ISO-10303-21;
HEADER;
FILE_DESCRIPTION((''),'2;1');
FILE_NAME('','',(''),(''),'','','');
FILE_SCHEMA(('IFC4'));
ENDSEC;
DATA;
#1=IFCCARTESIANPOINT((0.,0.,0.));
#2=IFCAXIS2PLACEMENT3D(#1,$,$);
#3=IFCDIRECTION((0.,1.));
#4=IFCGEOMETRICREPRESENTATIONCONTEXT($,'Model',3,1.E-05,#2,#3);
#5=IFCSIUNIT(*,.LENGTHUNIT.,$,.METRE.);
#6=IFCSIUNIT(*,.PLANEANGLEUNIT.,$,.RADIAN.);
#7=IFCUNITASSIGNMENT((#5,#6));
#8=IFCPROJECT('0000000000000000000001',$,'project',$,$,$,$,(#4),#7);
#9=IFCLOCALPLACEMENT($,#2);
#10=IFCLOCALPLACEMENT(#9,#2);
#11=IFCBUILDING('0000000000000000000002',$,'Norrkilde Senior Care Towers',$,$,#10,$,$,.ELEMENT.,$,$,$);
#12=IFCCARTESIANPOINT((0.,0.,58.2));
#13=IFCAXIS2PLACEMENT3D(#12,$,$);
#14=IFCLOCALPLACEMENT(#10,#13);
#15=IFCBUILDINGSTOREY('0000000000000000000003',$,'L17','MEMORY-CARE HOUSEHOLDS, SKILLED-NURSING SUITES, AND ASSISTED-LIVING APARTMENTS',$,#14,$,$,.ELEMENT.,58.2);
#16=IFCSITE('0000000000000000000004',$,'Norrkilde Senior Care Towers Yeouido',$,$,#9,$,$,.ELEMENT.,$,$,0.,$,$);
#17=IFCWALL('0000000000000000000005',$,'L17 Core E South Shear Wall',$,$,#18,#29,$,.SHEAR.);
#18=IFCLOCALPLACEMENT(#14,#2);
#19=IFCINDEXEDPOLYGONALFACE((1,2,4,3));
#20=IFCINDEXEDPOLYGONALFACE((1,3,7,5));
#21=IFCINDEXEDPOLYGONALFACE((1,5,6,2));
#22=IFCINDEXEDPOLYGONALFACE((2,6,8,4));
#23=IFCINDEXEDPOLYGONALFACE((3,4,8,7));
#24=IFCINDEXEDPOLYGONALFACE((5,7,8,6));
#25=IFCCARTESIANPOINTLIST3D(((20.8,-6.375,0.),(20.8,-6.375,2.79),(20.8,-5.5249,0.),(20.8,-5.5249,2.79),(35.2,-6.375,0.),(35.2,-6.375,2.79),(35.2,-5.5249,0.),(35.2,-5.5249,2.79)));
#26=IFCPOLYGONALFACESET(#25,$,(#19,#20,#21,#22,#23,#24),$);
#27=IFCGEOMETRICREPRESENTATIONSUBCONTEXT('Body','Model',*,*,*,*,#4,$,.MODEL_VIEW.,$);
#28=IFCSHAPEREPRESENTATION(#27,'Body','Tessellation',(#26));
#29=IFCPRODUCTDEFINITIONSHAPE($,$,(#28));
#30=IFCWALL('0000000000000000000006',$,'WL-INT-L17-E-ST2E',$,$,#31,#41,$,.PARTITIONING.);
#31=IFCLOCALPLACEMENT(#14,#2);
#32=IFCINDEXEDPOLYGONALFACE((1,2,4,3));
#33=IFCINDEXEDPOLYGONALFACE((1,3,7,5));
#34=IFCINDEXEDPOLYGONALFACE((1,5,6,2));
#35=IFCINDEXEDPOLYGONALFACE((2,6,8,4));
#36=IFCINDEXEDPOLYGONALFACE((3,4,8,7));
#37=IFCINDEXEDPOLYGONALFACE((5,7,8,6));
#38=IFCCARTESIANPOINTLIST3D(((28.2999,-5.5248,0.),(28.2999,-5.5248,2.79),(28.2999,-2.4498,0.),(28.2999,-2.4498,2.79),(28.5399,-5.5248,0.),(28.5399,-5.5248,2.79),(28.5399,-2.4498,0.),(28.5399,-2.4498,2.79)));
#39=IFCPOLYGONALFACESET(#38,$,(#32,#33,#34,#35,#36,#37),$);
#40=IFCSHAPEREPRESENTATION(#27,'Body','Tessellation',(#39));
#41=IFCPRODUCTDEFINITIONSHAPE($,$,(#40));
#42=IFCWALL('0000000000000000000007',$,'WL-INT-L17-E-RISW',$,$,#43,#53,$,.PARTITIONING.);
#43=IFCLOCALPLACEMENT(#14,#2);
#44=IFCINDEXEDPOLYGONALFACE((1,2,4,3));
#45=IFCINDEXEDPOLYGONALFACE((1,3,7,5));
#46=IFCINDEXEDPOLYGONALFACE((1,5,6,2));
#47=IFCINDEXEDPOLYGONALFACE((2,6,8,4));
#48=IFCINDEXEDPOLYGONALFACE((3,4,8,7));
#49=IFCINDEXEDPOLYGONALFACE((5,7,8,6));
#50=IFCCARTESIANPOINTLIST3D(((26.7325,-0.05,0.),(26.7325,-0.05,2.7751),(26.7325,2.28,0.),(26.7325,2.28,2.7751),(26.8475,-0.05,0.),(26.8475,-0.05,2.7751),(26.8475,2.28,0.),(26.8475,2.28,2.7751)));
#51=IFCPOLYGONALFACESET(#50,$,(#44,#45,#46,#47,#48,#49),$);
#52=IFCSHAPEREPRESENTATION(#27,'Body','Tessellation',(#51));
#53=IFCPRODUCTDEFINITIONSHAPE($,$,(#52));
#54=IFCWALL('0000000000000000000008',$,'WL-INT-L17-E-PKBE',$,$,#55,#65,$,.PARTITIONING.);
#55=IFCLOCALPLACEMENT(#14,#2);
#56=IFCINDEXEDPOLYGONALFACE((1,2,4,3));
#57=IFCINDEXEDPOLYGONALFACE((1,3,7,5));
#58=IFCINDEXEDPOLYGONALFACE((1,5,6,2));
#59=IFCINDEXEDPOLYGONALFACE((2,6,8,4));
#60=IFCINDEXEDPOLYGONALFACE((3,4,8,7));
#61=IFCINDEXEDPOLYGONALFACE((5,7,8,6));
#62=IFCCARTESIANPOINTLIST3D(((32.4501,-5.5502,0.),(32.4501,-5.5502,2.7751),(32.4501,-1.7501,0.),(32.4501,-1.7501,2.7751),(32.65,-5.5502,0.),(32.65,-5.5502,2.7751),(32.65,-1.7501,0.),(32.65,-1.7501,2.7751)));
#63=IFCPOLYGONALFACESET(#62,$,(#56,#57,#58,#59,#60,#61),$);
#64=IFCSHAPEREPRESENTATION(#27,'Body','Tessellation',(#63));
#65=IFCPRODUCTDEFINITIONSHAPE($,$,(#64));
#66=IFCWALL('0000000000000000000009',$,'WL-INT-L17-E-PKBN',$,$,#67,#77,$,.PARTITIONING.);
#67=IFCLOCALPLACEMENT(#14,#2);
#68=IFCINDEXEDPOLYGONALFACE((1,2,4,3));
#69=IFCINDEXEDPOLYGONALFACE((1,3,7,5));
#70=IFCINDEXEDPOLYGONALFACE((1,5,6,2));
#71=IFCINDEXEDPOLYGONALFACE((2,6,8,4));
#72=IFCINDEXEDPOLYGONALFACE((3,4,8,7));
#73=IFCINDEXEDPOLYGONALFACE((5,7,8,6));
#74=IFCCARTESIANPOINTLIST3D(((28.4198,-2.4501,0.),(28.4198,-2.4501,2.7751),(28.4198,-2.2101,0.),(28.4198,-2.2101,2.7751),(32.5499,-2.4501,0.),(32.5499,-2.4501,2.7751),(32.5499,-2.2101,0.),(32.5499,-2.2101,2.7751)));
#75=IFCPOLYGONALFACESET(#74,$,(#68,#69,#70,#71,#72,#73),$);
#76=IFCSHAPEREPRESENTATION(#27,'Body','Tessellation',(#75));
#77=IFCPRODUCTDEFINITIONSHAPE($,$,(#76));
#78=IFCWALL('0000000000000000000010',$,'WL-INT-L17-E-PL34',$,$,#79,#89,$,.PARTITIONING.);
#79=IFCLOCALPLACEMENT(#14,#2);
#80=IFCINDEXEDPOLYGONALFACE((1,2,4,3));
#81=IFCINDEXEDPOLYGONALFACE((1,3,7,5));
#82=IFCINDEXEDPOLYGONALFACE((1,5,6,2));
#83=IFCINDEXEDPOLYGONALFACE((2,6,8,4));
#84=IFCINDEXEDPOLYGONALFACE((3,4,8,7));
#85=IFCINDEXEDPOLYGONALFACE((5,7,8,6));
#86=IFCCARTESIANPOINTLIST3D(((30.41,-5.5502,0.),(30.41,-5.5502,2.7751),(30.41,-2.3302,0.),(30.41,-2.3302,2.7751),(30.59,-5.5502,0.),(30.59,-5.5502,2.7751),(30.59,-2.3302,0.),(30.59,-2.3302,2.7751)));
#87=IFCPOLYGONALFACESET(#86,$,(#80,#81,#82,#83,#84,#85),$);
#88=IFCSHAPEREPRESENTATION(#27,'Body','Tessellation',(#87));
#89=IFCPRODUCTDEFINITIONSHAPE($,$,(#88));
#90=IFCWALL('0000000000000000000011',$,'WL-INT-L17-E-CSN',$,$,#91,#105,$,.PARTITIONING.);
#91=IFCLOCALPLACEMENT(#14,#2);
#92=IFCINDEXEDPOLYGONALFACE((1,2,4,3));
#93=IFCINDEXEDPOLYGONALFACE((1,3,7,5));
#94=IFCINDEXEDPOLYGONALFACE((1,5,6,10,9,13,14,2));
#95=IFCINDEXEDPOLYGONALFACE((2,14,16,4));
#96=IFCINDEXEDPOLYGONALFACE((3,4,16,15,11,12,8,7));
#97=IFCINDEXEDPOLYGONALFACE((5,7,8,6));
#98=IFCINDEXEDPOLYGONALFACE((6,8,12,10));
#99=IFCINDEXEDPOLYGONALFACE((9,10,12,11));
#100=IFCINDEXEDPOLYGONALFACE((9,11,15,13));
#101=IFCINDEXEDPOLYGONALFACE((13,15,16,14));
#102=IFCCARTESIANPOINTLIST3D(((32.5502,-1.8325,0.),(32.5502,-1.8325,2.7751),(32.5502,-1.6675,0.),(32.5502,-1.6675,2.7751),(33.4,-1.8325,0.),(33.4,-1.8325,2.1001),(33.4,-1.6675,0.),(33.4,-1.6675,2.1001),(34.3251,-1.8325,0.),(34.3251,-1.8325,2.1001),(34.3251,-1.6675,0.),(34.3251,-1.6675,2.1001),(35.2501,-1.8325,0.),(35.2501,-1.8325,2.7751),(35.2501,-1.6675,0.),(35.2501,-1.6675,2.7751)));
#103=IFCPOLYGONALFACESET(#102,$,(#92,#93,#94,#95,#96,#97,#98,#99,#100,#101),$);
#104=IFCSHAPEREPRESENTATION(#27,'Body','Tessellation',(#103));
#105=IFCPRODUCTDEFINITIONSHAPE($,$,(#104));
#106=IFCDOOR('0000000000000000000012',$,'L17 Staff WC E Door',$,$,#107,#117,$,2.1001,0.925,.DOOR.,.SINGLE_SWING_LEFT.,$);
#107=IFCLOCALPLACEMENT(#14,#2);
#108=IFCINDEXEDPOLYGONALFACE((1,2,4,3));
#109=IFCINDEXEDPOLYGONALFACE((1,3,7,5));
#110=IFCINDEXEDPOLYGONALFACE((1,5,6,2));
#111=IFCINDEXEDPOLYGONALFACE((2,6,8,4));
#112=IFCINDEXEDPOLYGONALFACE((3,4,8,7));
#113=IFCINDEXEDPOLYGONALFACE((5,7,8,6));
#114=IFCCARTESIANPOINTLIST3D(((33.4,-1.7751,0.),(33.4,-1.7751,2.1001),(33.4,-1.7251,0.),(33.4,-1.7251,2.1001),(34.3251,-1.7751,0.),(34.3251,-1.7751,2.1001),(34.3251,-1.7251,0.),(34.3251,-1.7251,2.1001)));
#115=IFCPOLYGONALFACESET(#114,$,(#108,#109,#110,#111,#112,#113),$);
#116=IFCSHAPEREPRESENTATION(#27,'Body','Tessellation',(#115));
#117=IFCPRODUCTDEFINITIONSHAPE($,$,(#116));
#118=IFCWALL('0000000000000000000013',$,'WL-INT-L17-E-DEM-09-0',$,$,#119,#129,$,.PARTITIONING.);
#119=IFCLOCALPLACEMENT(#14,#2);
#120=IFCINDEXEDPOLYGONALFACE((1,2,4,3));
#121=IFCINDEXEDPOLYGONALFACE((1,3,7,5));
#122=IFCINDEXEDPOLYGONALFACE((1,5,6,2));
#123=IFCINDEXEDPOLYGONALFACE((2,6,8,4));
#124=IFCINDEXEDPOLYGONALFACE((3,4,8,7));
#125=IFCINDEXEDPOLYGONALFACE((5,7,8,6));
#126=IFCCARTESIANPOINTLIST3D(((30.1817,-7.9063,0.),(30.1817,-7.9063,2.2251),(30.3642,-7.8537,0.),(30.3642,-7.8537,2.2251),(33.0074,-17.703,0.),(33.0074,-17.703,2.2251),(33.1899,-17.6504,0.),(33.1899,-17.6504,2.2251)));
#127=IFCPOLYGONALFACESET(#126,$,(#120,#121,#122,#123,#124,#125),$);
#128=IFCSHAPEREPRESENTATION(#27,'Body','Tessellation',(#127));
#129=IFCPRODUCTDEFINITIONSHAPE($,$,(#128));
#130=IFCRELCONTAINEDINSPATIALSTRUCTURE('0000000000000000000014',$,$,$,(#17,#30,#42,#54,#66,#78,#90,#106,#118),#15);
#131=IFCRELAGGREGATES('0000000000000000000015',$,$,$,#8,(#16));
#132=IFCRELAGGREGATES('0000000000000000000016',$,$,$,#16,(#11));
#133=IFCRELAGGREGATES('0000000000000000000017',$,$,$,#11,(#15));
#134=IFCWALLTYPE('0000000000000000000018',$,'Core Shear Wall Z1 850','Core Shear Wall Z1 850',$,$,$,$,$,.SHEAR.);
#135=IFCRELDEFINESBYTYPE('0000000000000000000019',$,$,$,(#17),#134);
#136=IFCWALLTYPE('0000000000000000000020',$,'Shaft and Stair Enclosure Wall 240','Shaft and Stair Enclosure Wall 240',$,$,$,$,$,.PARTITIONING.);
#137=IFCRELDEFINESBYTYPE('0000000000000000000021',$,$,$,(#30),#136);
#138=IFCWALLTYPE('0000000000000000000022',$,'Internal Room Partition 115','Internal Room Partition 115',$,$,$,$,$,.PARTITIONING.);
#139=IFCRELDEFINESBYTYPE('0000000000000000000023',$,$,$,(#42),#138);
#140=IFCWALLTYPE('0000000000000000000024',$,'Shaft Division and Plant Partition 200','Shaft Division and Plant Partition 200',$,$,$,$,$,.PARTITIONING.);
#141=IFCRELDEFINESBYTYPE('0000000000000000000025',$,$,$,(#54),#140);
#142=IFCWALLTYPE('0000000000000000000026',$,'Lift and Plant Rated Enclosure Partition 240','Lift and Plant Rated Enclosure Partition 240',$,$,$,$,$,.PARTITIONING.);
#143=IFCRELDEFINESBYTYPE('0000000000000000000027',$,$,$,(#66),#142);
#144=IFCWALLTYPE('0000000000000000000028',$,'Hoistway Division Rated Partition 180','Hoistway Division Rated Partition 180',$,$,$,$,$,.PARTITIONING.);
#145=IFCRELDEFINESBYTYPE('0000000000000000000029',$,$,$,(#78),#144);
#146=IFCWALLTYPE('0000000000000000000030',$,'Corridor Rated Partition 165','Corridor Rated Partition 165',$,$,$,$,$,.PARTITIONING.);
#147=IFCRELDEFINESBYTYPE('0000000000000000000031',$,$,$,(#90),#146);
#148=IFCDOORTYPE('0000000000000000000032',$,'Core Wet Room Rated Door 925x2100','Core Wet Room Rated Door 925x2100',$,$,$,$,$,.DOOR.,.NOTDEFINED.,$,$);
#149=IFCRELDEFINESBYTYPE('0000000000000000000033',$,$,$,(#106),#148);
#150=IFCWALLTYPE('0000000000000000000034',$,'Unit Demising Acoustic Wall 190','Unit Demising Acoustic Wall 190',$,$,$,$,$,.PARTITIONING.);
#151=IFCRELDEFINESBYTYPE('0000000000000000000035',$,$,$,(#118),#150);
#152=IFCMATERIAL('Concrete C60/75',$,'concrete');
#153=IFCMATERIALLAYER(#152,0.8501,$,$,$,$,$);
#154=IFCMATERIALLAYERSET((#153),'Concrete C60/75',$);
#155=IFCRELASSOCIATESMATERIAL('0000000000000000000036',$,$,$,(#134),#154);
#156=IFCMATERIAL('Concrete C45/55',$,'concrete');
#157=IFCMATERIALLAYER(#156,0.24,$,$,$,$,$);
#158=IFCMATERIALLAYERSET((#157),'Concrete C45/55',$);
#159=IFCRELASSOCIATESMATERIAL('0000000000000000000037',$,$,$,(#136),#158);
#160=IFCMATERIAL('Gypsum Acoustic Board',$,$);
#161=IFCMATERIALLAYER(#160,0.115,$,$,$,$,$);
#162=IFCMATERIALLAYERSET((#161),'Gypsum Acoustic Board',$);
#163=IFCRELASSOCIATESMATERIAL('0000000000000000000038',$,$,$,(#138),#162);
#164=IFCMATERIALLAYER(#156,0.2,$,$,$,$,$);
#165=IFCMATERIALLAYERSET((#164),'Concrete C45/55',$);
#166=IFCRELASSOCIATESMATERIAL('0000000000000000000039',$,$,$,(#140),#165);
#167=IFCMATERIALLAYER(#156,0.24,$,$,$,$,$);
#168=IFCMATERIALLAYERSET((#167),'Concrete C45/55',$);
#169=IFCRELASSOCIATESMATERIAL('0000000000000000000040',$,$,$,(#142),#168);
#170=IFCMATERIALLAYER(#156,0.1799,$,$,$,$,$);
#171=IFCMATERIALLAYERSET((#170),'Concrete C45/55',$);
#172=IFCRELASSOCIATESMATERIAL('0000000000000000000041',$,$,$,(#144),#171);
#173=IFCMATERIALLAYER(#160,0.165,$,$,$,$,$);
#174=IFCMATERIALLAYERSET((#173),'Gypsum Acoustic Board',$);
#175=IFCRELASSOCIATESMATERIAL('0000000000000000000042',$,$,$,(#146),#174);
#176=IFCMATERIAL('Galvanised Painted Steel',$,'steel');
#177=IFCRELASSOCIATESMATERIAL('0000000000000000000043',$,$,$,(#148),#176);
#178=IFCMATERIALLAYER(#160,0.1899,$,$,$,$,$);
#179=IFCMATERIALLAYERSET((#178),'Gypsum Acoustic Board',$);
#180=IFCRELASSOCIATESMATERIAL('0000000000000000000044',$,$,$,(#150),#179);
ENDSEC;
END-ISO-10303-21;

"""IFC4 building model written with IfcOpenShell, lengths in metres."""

from ifc_helpers import new_model, si_unit, direction, frame, frame_2d, origin, place, context, subcontext, project, spatial, rectangle, extrude, source, transform, mapped, material, layer, layer_set, type_object, type_shapes, element, fill, save


model = new_model("IFC4")

# Units and contexts
model_context = context("Model", 3, precision=1e-05, world=origin(), true_north=direction((0.0, 1.0)))
body_context = subcontext(model_context, "Body", "Model", "MODEL_VIEW")
ifc_project = project(units=[si_unit("LENGTHUNIT", "METRE"), si_unit("PLANEANGLEUNIT", "RADIAN")], contexts=[model_context])

# Site, building, storey
site_placement = place(None, origin())
site = spatial("IfcSite", under=ifc_project, at=site_placement, Name="Norrkilde Senior Care Towers Yeouido", CompositionType="ELEMENT", RefElevation=0.0)
building_placement = place(site_placement, origin())
building = spatial("IfcBuilding", under=site, at=building_placement, Name="Norrkilde Senior Care Towers", CompositionType="ELEMENT")
storey_placement = place(building_placement, frame((0.0, 0.0, 58.2)))
storey = spatial("IfcBuildingStorey", under=building, at=storey_placement, Name="L17", Description="MEMORY-CARE HOUSEHOLDS, SKILLED-NURSING SUITES, AND ASSISTED-LIVING APARTMENTS", CompositionType="ELEMENT", Elevation=58.2)

# Shared definitions
ifc_material_1 = material(Name="Concrete C60/75", Category="concrete")

# Walls
ifc_layer_1 = layer(ifc_material_1, 0.8501)
ifc_layer_set_1 = layer_set([ifc_layer_1], Name="Concrete C60/75")
wall_type_1 = type_object("IfcWallType", Name="Core Shear Wall Z1 850", Description="Core Shear Wall Z1 850", PredefinedType="SHEAR", material=ifc_layer_set_1)
shared_shape_1 = source(origin(), body_context, "Body", "SweptSolid", [
    extrude(rectangle(XDim=14.3999, YDim=0.8501, at=frame_2d((7.2, 0.0))), origin(), (0.0, 0.0, 1.0), 2.79),
])
type_shapes(wall_type_1, [shared_shape_1])
wall_1_placement = place(storey_placement, frame((35.2, -5.95, 0.0), z_axis=(0.0, 0.0, 1.0), x_axis=(-1.0, 0.0, 0.0)))
element("IfcWall", 1, at=wall_1_placement, inside=storey, type_object=wall_type_1, Name="L17 Core E South Shear Wall", PredefinedType="SHEAR", context=body_context, shape_type="MappedRepresentation", body=[
    mapped(shared_shape_1, transform((0.0, 0.0, 0.0), x_axis=(1.0, 0.0, 0.0), y_axis=(0.0, 1.0, 0.0), z_axis=(0.0, 0.0, 1.0), scale=1.0)),
])
ifc_material_2 = material(Name="Concrete C45/55", Category="concrete")
ifc_layer_2 = layer(ifc_material_2, 0.24)
ifc_layer_set_2 = layer_set([ifc_layer_2], Name="Concrete C45/55")
wall_type_2 = type_object("IfcWallType", Name="Shaft and Stair Enclosure Wall 240", Description="Shaft and Stair Enclosure Wall 240", PredefinedType="PARTITIONING", material=ifc_layer_set_2)
shared_shape_2 = source(origin(), body_context, "Body", "SweptSolid", [
    extrude(rectangle(XDim=3.075, YDim=0.24, at=frame_2d((1.5376, 0.0))), origin(), (0.0, 0.0, 1.0), 2.79),
])
type_shapes(wall_type_2, [shared_shape_2])
wall_2_placement = place(storey_placement, frame((28.4199, -5.5249, 0.0), z_axis=(0.0, 0.0, 1.0), x_axis=(0.0, 1.0, 0.0)))
element("IfcWall", 2, at=wall_2_placement, inside=storey, type_object=wall_type_2, Name="WL-INT-L17-E-ST2E", PredefinedType="PARTITIONING", context=body_context, shape_type="MappedRepresentation", body=[
    mapped(shared_shape_2, transform((0.0, 0.0, 0.0), x_axis=(1.0, 0.0, 0.0), y_axis=(0.0, 1.0, 0.0), z_axis=(0.0, 0.0, 1.0), scale=1.0)),
])
ifc_material_3 = material(Name="Gypsum Acoustic Board")
ifc_layer_3 = layer(ifc_material_3, 0.115)
ifc_layer_set_3 = layer_set([ifc_layer_3], Name="Gypsum Acoustic Board")
wall_type_3 = type_object("IfcWallType", Name="Internal Room Partition 115", Description="Internal Room Partition 115", PredefinedType="PARTITIONING", material=ifc_layer_set_3)
shared_shape_3 = source(origin(), body_context, "Body", "SweptSolid", [
    extrude(rectangle(XDim=2.3301, YDim=0.115, at=frame_2d((1.165, 0.0))), origin(), (0.0, 0.0, 1.0), 2.7751),
])
wall_3_placement = place(storey_placement, frame((26.79, -0.05, 0.0), z_axis=(0.0, 0.0, 1.0), x_axis=(0.0, 1.0, 0.0)))
element("IfcWall", 3, at=wall_3_placement, inside=storey, type_object=wall_type_3, Name="WL-INT-L17-E-RISW", PredefinedType="PARTITIONING", context=body_context, shape_type="MappedRepresentation", body=[
    mapped(shared_shape_3, transform((0.0, 0.0, 0.0), x_axis=(1.0, 0.0, 0.0), y_axis=(0.0, 1.0, 0.0), z_axis=(0.0, 0.0, 1.0), scale=1.0)),
])
ifc_layer_4 = layer(ifc_material_2, 0.2)
ifc_layer_set_4 = layer_set([ifc_layer_4], Name="Concrete C45/55")
wall_type_4 = type_object("IfcWallType", Name="Shaft Division and Plant Partition 200", Description="Shaft Division and Plant Partition 200", PredefinedType="PARTITIONING", material=ifc_layer_set_4)
shared_shape_4 = source(origin(), body_context, "Body", "SweptSolid", [
    extrude(rectangle(XDim=3.8, YDim=0.2, at=frame_2d((1.8999, 0.0))), origin(), (0.0, 0.0, 1.0), 2.7751),
])
type_shapes(wall_type_4, [shared_shape_4])
wall_4_placement = place(storey_placement, frame((32.55, -5.55, 0.0), z_axis=(0.0, 0.0, 1.0), x_axis=(0.0, 1.0, 0.0)))
element("IfcWall", 4, at=wall_4_placement, inside=storey, type_object=wall_type_4, Name="WL-INT-L17-E-PKBE", PredefinedType="PARTITIONING", context=body_context, shape_type="MappedRepresentation", body=[
    mapped(shared_shape_4, transform((0.0, 0.0, 0.0), x_axis=(1.0, 0.0, 0.0), y_axis=(0.0, 1.0, 0.0), z_axis=(0.0, 0.0, 1.0), scale=1.0)),
])
ifc_layer_5 = layer(ifc_material_2, 0.24)
ifc_layer_set_5 = layer_set([ifc_layer_5], Name="Concrete C45/55")
wall_type_5 = type_object("IfcWallType", Name="Lift and Plant Rated Enclosure Partition 240", Description="Lift and Plant Rated Enclosure Partition 240", PredefinedType="PARTITIONING", material=ifc_layer_set_5)
shared_shape_5 = source(origin(), body_context, "Body", "SweptSolid", [
    extrude(rectangle(XDim=4.1301, YDim=0.24, at=frame_2d((2.0649, 0.0))), origin(), (0.0, 0.0, 1.0), 2.7751),
])
type_shapes(wall_type_5, [shared_shape_5])
wall_5_placement = place(storey_placement, frame((28.4199, -2.3301, 0.0), z_axis=(0.0, 0.0, 1.0), x_axis=(1.0, 0.0, 0.0)))
element("IfcWall", 5, at=wall_5_placement, inside=storey, type_object=wall_type_5, Name="WL-INT-L17-E-PKBN", PredefinedType="PARTITIONING", context=body_context, shape_type="MappedRepresentation", body=[
    mapped(shared_shape_5, transform((0.0, 0.0, 0.0), x_axis=(1.0, 0.0, 0.0), y_axis=(0.0, 1.0, 0.0), z_axis=(0.0, 0.0, 1.0), scale=1.0)),
])
ifc_layer_6 = layer(ifc_material_2, 0.1799)
ifc_layer_set_6 = layer_set([ifc_layer_6], Name="Concrete C45/55")
wall_type_6 = type_object("IfcWallType", Name="Hoistway Division Rated Partition 180", Description="Hoistway Division Rated Partition 180", PredefinedType="PARTITIONING", material=ifc_layer_set_6)
shared_shape_6 = source(origin(), body_context, "Body", "SweptSolid", [
    extrude(rectangle(XDim=3.22, YDim=0.1799, at=frame_2d((1.6099, 0.0))), origin(), (0.0, 0.0, 1.0), 2.7751),
])
type_shapes(wall_type_6, [shared_shape_6])
wall_6_placement = place(storey_placement, frame((30.5, -5.55, 0.0), z_axis=(0.0, 0.0, 1.0), x_axis=(0.0, 1.0, 0.0)))
element("IfcWall", 6, at=wall_6_placement, inside=storey, type_object=wall_type_6, Name="WL-INT-L17-E-PL34", PredefinedType="PARTITIONING", context=body_context, shape_type="MappedRepresentation", body=[
    mapped(shared_shape_6, transform((0.0, 0.0, 0.0), x_axis=(1.0, 0.0, 0.0), y_axis=(0.0, 1.0, 0.0), z_axis=(0.0, 0.0, 1.0), scale=1.0)),
])

# Wall, opening, door
ifc_layer_7 = layer(ifc_material_3, 0.165)
ifc_layer_set_7 = layer_set([ifc_layer_7], Name="Gypsum Acoustic Board")
wall_type_7 = type_object("IfcWallType", Name="Corridor Rated Partition 165", Description="Corridor Rated Partition 165", PredefinedType="PARTITIONING", material=ifc_layer_set_7)
shared_shape_7 = source(origin(), body_context, "Body", "SweptSolid", [
    extrude(rectangle(XDim=2.7, YDim=0.165, at=frame_2d((1.3501, 0.0))), origin(), (0.0, 0.0, 1.0), 2.7751),
])
type_shapes(wall_type_7, [shared_shape_7])
wall_7_placement = place(storey_placement, frame((32.55, -1.75, 0.0), z_axis=(0.0, 0.0, 1.0), x_axis=(1.0, 0.0, 0.0)))
wall_7 = element("IfcWall", 7, at=wall_7_placement, inside=storey, type_object=wall_type_7, Name="WL-INT-L17-E-CSN", PredefinedType="PARTITIONING", context=body_context, shape_type="MappedRepresentation", body=[
    mapped(shared_shape_7, transform((0.0, 0.0, 0.0), x_axis=(1.0, 0.0, 0.0), y_axis=(0.0, 1.0, 0.0), z_axis=(0.0, 0.0, 1.0), scale=1.0)),
])
opening_1_placement = place(wall_7_placement, frame((0.8501, 0.0, 0.0)))
opening_1 = element("IfcOpeningElement", 8, at=opening_1_placement, cuts=wall_7, PredefinedType="OPENING", context=body_context, shape_type="SweptSolid", body=[
    extrude(rectangle(XDim=0.925, YDim=2.1001, at=frame_2d((0.4624, 1.05))), frame((0.0, 0.0925, 0.0), z_axis=(0.0, -1.0, 0.0), x_axis=(1.0, 0.0, 0.0)), (0.0, 0.0, 1.0), 0.1851),
])
ifc_material_4 = material(Name="Galvanised Painted Steel", Category="steel")
door_type_1 = type_object("IfcDoorType", Name="Core Wet Room Rated Door 925x2100", Description="Core Wet Room Rated Door 925x2100", OperationType="NOTDEFINED", PredefinedType="DOOR", material=ifc_material_4)
shared_shape_8 = source(origin(), body_context, "Body", "SweptSolid", [
    extrude(rectangle(XDim=0.925, YDim=2.1001, at=frame_2d((0.4624, 1.05))), frame((0.0, 0.0249, 0.0), z_axis=(0.0, -1.0, 0.0), x_axis=(1.0, 0.0, 0.0)), (0.0, 0.0, 1.0), 0.05),
])
type_shapes(door_type_1, [shared_shape_8])
door_1_placement = place(opening_1_placement, origin())
door_1 = element("IfcDoor", 9, at=door_1_placement, inside=storey, type_object=door_type_1, Name="L17 Staff WC E Door", OperationType="SINGLE_SWING_LEFT", OverallHeight=2.1001, OverallWidth=0.925, PredefinedType="DOOR", context=body_context, shape_type="MappedRepresentation", body=[
    mapped(shared_shape_8, transform((0.0, 0.0, 0.0), x_axis=(1.0, 0.0, 0.0), y_axis=(0.0, 1.0, 0.0), z_axis=(0.0, 0.0, 1.0), scale=1.0)),
])
fill(opening_1, door_1)

# Wall
ifc_layer_8 = layer(ifc_material_3, 0.1899)
ifc_layer_set_8 = layer_set([ifc_layer_8], Name="Gypsum Acoustic Board")
wall_type_8 = type_object("IfcWallType", Name="Unit Demising Acoustic Wall 190", Description="Unit Demising Acoustic Wall 190", PredefinedType="PARTITIONING", material=ifc_layer_set_8)
shared_shape_9 = source(origin(), body_context, "Body", "SweptSolid", [
    extrude(rectangle(XDim=10.196, YDim=0.1899, at=frame_2d((5.0981, 0.0))), origin(), (0.0, 0.0, 1.0), 2.2251),
])
type_shapes(wall_type_8, [shared_shape_9])
wall_8_placement = place(storey_placement, frame((30.2729, -7.8799, 0.0), z_axis=(0.0, 0.0, 1.0), x_axis=(0.277136, -0.960831, 0.0)))
element("IfcWall", 10, at=wall_8_placement, inside=storey, type_object=wall_type_8, Name="WL-INT-L17-E-DEM-09-0", PredefinedType="PARTITIONING", context=body_context, shape_type="MappedRepresentation", body=[
    mapped(shared_shape_9, transform((0.0, 0.0, 0.0), x_axis=(1.0, 0.0, 0.0), y_axis=(0.0, 1.0, 0.0), z_axis=(0.0, 0.0, 1.0), scale=1.0)),
])

save(model, "model.ifc")
